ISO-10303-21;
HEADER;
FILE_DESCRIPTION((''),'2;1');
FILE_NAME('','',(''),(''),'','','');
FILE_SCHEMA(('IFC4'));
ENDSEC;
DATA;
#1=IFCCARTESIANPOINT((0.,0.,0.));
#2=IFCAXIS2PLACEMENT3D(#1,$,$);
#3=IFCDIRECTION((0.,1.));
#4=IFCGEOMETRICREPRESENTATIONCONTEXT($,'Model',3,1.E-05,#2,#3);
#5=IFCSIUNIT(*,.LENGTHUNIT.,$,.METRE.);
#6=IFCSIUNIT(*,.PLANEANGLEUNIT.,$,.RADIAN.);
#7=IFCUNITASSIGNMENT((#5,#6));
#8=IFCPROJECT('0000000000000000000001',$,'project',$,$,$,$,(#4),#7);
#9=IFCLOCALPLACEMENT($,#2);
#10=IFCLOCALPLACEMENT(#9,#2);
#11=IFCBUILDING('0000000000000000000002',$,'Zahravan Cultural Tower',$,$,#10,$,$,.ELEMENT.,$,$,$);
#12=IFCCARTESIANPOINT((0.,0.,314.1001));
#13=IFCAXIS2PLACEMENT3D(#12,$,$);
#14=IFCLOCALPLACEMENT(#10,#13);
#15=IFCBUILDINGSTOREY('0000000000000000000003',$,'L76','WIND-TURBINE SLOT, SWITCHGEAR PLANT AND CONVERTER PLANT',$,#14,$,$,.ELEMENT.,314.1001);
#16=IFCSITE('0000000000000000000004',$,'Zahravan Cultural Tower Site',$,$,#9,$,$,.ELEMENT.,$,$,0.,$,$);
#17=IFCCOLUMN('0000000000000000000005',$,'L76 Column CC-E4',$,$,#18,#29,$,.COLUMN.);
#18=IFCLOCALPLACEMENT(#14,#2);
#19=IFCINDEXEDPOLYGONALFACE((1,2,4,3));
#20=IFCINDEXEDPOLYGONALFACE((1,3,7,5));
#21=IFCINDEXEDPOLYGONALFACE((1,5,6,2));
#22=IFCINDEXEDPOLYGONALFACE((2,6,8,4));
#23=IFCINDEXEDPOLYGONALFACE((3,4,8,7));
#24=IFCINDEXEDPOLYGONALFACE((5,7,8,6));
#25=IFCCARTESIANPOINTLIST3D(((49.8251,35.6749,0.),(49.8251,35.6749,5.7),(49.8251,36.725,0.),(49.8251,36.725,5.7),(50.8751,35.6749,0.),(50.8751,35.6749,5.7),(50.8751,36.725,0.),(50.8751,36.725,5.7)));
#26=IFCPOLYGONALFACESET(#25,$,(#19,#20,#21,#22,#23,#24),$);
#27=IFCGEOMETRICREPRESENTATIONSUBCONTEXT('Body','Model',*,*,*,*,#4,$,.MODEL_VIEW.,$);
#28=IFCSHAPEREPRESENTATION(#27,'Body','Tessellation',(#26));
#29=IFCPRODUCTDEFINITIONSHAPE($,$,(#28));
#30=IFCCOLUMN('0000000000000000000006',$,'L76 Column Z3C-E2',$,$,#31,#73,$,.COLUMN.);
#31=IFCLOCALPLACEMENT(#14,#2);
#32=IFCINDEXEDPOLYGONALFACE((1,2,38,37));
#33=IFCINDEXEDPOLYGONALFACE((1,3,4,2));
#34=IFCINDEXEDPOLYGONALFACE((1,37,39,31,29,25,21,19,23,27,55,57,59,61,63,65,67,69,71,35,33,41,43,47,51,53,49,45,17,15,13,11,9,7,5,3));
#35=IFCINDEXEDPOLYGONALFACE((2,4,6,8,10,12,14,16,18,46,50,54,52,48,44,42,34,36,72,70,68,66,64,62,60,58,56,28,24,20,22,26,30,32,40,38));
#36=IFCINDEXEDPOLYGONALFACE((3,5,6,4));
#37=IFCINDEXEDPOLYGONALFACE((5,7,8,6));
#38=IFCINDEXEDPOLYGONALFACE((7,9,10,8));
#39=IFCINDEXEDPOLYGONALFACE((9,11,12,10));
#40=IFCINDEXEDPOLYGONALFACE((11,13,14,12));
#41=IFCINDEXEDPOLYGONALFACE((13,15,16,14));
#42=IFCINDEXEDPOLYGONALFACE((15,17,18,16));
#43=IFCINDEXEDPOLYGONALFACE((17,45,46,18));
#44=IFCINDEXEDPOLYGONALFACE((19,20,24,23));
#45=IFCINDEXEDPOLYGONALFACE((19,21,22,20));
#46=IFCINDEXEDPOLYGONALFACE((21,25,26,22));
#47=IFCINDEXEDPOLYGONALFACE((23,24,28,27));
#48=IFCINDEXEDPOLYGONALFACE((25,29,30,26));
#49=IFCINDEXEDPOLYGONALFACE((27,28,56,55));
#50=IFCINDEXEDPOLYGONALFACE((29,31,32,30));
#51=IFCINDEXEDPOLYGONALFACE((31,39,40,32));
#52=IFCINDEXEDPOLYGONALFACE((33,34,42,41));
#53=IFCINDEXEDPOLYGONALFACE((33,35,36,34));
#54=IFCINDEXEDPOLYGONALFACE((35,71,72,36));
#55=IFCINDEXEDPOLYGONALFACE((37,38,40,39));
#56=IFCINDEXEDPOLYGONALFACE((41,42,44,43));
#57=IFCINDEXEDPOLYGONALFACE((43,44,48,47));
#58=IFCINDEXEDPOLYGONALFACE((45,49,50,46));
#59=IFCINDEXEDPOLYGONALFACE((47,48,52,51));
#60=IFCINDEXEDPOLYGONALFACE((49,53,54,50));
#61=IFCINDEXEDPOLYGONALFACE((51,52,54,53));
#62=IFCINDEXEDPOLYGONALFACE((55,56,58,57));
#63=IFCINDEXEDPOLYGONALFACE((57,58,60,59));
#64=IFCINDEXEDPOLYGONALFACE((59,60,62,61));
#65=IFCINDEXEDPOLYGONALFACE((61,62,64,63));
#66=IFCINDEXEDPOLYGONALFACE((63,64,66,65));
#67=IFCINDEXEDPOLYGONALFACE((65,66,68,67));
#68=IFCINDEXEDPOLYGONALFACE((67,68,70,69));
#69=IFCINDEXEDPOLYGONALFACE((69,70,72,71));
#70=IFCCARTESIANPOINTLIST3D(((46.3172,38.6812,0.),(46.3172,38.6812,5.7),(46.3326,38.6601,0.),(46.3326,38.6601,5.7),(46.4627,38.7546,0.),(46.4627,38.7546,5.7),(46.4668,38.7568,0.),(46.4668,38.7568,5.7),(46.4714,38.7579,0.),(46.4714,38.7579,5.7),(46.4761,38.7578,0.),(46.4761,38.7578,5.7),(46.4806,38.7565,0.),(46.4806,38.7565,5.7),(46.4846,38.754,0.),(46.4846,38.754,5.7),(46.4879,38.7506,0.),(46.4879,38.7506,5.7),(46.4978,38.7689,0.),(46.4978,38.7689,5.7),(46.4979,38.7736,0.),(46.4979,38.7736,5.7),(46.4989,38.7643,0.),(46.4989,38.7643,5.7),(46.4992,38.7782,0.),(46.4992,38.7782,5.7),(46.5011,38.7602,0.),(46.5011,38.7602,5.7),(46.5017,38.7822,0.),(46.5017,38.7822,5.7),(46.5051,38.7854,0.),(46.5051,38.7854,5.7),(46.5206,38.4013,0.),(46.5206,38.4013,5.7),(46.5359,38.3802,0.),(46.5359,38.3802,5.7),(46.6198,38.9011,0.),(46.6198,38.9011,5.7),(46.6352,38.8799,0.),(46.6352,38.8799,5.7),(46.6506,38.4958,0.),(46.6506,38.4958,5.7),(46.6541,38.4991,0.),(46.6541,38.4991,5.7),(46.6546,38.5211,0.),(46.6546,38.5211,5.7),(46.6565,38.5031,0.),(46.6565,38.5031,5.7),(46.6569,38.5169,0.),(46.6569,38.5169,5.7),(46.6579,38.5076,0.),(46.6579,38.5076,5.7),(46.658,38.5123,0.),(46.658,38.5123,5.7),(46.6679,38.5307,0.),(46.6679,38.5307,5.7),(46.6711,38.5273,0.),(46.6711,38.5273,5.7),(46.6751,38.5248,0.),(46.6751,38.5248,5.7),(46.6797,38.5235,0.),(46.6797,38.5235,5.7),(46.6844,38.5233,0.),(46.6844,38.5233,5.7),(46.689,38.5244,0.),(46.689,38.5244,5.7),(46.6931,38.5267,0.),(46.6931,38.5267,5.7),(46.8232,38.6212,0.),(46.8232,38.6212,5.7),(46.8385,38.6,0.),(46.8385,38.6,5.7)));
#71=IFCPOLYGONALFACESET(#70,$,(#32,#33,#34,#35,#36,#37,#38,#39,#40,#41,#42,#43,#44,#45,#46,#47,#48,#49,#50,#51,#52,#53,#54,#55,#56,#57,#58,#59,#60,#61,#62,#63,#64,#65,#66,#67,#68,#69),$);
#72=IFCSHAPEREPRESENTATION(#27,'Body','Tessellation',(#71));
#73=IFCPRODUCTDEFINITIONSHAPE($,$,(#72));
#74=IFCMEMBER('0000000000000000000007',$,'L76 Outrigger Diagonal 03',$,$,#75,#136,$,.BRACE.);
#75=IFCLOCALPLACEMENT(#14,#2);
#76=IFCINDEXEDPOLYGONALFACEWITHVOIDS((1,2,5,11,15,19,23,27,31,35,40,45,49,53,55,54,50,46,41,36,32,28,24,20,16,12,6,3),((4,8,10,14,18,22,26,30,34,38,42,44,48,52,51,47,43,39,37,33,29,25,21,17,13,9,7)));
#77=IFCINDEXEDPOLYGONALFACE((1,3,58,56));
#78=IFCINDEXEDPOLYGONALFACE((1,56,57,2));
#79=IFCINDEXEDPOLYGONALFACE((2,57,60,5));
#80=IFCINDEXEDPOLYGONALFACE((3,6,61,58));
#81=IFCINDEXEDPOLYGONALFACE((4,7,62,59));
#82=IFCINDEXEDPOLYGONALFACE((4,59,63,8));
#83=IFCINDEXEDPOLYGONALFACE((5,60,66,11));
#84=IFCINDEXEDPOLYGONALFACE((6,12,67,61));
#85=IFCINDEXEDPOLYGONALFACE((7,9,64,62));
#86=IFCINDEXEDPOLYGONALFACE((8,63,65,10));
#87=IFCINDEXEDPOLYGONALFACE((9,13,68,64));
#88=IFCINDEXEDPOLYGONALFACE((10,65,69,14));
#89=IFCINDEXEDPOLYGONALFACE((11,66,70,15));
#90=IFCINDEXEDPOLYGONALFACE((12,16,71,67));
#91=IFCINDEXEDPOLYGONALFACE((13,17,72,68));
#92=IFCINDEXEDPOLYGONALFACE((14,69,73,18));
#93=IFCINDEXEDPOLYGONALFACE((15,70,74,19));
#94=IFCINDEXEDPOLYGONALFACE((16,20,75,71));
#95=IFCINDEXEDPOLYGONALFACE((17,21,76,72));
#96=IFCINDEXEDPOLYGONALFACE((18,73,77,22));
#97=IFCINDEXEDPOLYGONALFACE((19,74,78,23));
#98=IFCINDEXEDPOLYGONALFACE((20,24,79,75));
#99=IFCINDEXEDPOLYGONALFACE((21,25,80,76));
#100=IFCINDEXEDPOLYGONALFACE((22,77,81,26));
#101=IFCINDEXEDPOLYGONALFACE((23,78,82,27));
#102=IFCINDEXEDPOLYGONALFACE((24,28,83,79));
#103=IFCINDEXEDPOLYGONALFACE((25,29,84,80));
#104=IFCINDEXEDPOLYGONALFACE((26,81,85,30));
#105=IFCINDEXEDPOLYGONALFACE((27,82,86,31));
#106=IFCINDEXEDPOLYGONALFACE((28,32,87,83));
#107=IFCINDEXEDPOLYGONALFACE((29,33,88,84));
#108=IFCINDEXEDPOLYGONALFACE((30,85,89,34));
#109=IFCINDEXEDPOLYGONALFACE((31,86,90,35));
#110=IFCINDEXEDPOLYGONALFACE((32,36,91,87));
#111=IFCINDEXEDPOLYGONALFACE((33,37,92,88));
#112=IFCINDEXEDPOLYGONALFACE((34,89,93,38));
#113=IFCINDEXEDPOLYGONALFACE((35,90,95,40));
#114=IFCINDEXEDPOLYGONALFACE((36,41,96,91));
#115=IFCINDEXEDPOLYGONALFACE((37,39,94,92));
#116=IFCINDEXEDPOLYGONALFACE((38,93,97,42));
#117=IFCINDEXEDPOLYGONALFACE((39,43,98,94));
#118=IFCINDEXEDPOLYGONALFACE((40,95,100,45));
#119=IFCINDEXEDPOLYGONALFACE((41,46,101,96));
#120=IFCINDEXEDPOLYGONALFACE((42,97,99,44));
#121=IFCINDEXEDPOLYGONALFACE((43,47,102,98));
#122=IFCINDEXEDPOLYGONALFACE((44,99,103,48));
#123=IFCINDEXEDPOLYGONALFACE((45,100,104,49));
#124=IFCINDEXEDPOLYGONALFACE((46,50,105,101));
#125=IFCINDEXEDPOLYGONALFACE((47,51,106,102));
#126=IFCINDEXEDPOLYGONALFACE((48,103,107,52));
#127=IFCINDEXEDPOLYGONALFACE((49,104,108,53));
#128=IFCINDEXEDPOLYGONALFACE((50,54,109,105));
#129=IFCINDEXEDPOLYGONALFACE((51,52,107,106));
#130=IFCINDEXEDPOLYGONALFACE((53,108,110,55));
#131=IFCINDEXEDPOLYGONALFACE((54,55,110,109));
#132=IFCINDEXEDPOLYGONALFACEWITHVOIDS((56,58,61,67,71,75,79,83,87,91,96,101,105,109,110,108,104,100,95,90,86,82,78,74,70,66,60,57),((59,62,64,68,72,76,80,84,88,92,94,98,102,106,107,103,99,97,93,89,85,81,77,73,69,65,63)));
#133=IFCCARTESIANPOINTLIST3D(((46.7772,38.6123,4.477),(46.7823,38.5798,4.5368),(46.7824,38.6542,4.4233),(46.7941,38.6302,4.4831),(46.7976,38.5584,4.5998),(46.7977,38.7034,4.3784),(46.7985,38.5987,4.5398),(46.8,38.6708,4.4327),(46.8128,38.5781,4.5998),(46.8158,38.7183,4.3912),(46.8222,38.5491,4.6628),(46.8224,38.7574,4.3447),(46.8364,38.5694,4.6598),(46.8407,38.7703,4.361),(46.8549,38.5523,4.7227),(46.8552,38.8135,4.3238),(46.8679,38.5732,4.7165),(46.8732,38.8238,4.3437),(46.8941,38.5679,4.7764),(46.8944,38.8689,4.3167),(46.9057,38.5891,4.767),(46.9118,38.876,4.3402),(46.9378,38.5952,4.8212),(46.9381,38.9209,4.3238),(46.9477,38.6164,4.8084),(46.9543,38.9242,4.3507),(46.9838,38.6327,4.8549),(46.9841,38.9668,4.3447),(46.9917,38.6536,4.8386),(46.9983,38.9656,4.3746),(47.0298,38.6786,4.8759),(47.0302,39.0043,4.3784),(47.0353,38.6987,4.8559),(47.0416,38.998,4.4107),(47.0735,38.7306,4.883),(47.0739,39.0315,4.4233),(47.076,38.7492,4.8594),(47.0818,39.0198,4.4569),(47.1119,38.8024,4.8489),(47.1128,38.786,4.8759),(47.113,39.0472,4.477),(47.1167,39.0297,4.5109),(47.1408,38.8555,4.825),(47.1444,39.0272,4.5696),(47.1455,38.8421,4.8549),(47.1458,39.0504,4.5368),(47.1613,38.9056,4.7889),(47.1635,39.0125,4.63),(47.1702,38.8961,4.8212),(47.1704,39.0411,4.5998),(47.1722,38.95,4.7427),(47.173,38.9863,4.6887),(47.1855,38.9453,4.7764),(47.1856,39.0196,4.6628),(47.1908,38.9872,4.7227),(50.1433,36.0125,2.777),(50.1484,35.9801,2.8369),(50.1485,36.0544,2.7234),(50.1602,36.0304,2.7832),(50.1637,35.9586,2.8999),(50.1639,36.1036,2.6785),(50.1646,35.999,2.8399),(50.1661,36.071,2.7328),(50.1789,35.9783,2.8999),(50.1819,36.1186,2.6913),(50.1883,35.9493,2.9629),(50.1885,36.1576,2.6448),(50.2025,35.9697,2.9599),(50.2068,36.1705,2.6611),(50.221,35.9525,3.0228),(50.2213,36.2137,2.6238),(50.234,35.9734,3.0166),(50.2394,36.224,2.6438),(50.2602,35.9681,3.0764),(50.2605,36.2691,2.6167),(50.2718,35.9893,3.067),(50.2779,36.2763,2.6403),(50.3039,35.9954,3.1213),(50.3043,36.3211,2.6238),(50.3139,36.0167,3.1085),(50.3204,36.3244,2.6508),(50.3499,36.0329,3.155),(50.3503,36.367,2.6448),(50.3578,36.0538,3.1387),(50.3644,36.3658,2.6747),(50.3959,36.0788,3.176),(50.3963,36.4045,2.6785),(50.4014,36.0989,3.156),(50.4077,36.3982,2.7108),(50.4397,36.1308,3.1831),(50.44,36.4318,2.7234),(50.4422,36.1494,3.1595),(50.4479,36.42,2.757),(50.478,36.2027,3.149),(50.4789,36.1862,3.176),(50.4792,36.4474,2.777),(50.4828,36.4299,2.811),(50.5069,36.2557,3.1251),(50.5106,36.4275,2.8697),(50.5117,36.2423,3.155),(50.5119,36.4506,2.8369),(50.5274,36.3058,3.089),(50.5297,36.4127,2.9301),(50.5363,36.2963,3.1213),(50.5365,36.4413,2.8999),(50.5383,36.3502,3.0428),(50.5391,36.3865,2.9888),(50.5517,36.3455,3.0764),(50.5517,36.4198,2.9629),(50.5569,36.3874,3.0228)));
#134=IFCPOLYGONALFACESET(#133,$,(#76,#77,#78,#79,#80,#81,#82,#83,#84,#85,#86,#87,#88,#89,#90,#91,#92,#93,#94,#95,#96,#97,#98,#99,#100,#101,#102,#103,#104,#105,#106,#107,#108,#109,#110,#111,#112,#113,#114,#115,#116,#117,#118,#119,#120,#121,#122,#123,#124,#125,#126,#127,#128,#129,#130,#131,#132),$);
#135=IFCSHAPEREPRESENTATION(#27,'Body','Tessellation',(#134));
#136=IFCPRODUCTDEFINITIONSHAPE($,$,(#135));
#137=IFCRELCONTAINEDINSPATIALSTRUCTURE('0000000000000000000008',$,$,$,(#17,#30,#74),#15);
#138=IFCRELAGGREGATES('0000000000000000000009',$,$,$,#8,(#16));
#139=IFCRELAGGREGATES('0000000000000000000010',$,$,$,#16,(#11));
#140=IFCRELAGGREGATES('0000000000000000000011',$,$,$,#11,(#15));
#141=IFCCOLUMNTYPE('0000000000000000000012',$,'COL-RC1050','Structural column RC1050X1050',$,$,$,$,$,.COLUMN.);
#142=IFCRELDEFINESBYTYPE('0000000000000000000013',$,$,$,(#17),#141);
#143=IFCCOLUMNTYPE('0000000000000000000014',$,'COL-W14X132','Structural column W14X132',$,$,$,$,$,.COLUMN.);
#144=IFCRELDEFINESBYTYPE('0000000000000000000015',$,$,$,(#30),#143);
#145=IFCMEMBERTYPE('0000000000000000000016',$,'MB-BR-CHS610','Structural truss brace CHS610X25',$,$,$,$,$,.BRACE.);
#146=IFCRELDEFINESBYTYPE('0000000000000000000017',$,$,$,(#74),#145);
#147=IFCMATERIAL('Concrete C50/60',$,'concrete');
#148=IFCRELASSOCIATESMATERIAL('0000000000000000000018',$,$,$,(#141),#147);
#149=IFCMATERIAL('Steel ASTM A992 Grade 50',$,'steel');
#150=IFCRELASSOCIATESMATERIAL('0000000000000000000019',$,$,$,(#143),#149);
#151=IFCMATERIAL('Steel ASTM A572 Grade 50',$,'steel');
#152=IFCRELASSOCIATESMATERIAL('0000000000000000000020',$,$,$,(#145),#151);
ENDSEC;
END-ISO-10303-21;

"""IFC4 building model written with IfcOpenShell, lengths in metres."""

from ifc_helpers import new_model, si_unit, direction, frame, origin, origin_2d, place, context, subcontext, project, spatial, rectangle, hollow_circle, i_section, extrude, source, transform, mapped, material, material_profile, profile_set, type_object, element, save


model = new_model("IFC4")

# Units and contexts
model_context = context("Model", 3, precision=1e-05, world=origin(), true_north=direction((0.0, 1.0)))
body_context = subcontext(model_context, "Body", "Model", "MODEL_VIEW")
ifc_project = project(units=[si_unit("LENGTHUNIT", "METRE"), si_unit("PLANEANGLEUNIT", "RADIAN")], contexts=[model_context])

# Site, building, storey
site_placement = place(None, origin())
site = spatial("IfcSite", under=ifc_project, at=site_placement, Name="Zahravan Cultural Tower Site", CompositionType="ELEMENT", RefElevation=0.0)
building_placement = place(site_placement, origin())
building = spatial("IfcBuilding", under=site, at=building_placement, Name="Zahravan Cultural Tower", CompositionType="ELEMENT")
storey_placement = place(building_placement, frame((0.0, 0.0, 314.1001)))
storey = spatial("IfcBuildingStorey", under=building, at=storey_placement, Name="L76", Description="WIND-TURBINE SLOT, SWITCHGEAR PLANT AND CONVERTER PLANT", CompositionType="ELEMENT", Elevation=314.1001)

# Columns
ifc_material_1 = material(Name="Concrete C50/60", Category="concrete")
ifc_material_profile_1 = material_profile(ifc_material_1, rectangle(XDim=1.05, YDim=1.05, at=origin_2d()), Name="RC1050X1050")
ifc_profile_set_1 = profile_set([ifc_material_profile_1], Name="Concrete C50/60")
column_type_1 = type_object("IfcColumnType", Name="COL-RC1050", Description="Structural column RC1050X1050", PredefinedType="COLUMN", material=ifc_profile_set_1)
shared_shape_1 = source(origin(), body_context, "Body", "SweptSolid", [
    extrude(rectangle(XDim=1.05, YDim=1.05, at=origin_2d()), origin(), (0.0, 0.0, 1.0), 5.7),
])
column_1_placement = place(storey_placement, frame((50.3501, 36.2, 0.0), z_axis=(0.0, 0.0, 1.0), x_axis=(1.0, 0.0, 0.0)))
element("IfcColumn", 1, at=column_1_placement, inside=storey, type_object=column_type_1, Name="L76 Column CC-E4", PredefinedType="COLUMN", context=body_context, shape_type="MappedRepresentation", body=[
    mapped(shared_shape_1, transform((0.0, 0.0, 0.0), x_axis=(1.0, 0.0, 0.0), y_axis=(0.0, 1.0, 0.0), z_axis=(0.0, 0.0, 1.0), scale=1.0)),
])
ifc_material_2 = material(Name="Steel ASTM A992 Grade 50", Category="steel")
ifc_material_profile_2 = material_profile(ifc_material_2, i_section(OverallWidth=0.374, OverallDepth=0.3721, WebThickness=0.0164, FlangeThickness=0.0261, FilletRadius=0.0181, at=origin_2d()), Name="W14X132")
ifc_profile_set_2 = profile_set([ifc_material_profile_2], Name="Steel ASTM A992 Grade 50")
column_type_2 = type_object("IfcColumnType", Name="COL-W14X132", Description="Structural column W14X132", PredefinedType="COLUMN", material=ifc_profile_set_2)
shared_shape_2 = source(origin(), body_context, "Body", "SweptSolid", [
    extrude(i_section(OverallWidth=0.374, OverallDepth=0.3721, WebThickness=0.0164, FlangeThickness=0.0261, FilletRadius=0.0181, at=origin_2d()), origin(), (0.0, 0.0, 1.0), 5.7),
])
column_2_placement = place(storey_placement, frame((46.5779, 38.6406, 0.0), z_axis=(0.0, 0.0, 1.0), x_axis=(0.809017, 0.587785, 0.0)))
element("IfcColumn", 2, at=column_2_placement, inside=storey, type_object=column_type_2, Name="L76 Column Z3C-E2", PredefinedType="COLUMN", context=body_context, shape_type="MappedRepresentation", body=[
    mapped(shared_shape_2, transform((0.0, 0.0, 0.0), x_axis=(1.0, 0.0, 0.0), y_axis=(0.0, 1.0, 0.0), z_axis=(0.0, 0.0, 1.0), scale=1.0)),
])

# Member
ifc_material_3 = material(Name="Steel ASTM A572 Grade 50", Category="steel")
ifc_material_profile_3 = material_profile(ifc_material_3, hollow_circle(Radius=0.3049, WallThickness=0.0249, at=origin_2d()), Name="CHS610X25")
ifc_profile_set_3 = profile_set([ifc_material_profile_3], Name="Steel ASTM A572 Grade 50")
member_type = type_object("IfcMemberType", Name="MB-BR-CHS610", Description="Structural truss brace CHS610X25", PredefinedType="BRACE", material=ifc_profile_set_3)
shared_shape_3 = source(origin(), body_context, "Body", "SweptSolid", [
    extrude(hollow_circle(Radius=0.3049, WallThickness=0.0249, at=origin_2d()), origin(), (0.0, 0.0, 1.0), 4.5803),
])
member_1_placement = place(storey_placement, frame((50.3501, 36.2, 2.8999), z_axis=(-0.73491, 0.567599, 0.371133), x_axis=(-0.611255, -0.791434, 0.0)))
element("IfcMember", 3, at=member_1_placement, inside=storey, type_object=member_type, Name="L76 Outrigger Diagonal 03", PredefinedType="BRACE", context=body_context, shape_type="MappedRepresentation", body=[
    mapped(shared_shape_3, transform((0.0, 0.0, 0.0), x_axis=(1.0, 0.0, 0.0), y_axis=(0.0, 1.0, 0.0), z_axis=(0.0, 0.0, 1.0), scale=1.0)),
])

save(model, "model.ifc")
